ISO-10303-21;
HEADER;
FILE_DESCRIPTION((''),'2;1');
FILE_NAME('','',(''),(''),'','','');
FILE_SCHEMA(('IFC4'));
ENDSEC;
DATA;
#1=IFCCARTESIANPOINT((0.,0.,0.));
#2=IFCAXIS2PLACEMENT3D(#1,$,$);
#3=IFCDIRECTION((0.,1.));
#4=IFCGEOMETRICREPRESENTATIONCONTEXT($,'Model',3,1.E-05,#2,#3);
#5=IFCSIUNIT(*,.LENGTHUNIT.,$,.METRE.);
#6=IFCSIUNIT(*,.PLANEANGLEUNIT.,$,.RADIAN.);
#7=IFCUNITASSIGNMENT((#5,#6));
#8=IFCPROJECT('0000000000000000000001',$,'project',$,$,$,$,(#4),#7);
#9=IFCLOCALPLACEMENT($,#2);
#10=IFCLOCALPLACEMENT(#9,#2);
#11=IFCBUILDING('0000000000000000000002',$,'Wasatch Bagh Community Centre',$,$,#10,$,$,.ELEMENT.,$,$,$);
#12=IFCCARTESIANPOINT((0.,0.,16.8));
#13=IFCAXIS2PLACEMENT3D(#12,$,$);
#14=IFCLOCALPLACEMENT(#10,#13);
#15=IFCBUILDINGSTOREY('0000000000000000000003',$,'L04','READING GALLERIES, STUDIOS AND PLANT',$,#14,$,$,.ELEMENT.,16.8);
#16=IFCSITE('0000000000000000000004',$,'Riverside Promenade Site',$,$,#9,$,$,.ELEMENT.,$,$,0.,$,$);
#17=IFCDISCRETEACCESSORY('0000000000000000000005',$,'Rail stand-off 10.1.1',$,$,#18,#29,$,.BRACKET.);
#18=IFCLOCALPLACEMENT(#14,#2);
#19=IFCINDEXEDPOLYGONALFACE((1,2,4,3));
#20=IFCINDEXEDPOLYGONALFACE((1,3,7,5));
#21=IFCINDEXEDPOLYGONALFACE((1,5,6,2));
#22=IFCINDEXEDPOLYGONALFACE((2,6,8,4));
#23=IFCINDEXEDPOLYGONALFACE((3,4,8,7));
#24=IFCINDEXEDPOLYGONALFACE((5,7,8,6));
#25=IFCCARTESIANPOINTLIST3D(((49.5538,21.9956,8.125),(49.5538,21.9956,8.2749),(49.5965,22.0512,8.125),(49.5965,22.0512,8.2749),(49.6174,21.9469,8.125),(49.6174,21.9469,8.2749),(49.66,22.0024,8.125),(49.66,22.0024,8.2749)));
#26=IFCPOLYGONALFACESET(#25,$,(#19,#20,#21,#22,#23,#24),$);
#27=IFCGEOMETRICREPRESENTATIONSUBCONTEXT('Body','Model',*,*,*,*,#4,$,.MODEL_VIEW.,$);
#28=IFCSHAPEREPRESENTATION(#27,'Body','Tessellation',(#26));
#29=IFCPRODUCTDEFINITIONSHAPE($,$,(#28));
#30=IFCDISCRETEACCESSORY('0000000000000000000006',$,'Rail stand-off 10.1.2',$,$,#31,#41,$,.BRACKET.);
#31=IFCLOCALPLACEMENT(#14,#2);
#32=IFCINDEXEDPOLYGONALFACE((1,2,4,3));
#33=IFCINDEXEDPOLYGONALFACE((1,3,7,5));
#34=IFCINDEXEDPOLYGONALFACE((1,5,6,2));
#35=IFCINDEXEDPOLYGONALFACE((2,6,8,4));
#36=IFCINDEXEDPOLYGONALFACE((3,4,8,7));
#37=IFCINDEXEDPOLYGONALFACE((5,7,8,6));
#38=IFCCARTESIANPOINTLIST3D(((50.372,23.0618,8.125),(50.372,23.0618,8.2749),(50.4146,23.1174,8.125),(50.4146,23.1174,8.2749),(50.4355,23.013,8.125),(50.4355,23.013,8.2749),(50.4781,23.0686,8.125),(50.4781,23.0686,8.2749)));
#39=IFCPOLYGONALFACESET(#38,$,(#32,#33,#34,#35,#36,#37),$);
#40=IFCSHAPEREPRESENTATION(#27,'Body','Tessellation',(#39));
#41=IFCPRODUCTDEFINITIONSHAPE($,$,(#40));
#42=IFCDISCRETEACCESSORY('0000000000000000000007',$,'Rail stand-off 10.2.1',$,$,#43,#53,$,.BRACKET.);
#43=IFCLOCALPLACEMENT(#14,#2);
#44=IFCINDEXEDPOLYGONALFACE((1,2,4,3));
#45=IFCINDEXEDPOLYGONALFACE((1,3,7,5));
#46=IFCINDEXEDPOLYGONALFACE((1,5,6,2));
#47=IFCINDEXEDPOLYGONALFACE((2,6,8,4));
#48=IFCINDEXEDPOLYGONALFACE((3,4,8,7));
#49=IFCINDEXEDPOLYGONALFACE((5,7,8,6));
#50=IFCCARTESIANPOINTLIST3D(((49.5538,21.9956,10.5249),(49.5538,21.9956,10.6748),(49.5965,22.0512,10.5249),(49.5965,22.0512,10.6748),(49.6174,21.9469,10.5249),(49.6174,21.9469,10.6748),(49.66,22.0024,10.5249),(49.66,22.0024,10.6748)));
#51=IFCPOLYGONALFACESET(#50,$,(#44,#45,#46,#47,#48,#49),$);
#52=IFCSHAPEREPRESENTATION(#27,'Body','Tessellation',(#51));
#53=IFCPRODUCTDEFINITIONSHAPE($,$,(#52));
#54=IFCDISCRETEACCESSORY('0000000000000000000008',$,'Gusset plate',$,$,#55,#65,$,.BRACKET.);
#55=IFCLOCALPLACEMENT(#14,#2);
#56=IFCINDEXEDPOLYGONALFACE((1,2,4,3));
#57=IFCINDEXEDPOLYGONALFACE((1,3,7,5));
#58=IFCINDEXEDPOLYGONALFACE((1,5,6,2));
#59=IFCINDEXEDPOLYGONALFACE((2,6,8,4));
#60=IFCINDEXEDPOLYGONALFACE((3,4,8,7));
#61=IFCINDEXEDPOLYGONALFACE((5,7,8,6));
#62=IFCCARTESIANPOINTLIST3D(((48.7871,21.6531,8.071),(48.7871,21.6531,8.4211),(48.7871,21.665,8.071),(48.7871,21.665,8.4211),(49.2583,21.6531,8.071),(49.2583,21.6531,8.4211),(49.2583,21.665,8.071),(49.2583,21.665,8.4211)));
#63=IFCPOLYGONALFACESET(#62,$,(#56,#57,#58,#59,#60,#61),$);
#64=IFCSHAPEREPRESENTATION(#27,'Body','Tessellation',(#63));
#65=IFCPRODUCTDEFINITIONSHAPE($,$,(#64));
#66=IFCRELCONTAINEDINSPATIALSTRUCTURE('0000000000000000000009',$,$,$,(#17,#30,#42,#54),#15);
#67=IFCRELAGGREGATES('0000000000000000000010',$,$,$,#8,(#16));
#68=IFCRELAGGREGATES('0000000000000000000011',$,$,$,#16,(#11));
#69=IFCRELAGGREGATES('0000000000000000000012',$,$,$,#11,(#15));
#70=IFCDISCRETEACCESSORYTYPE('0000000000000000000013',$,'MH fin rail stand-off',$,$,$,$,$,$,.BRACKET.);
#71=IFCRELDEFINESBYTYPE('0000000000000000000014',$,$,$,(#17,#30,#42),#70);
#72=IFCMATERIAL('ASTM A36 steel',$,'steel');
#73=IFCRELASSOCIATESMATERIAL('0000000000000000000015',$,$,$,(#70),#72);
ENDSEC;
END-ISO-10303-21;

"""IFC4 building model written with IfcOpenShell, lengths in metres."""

from ifc_helpers import new_model, si_unit, direction, frame, origin, origin_2d, place, context, subcontext, project, spatial, polyline, rectangle, outline, extrude, material, type_object, element, save


model = new_model("IFC4")

# Units and contexts
model_context = context("Model", 3, precision=1e-05, world=origin(), true_north=direction((0.0, 1.0)))
body_context = subcontext(model_context, "Body", "Model", "MODEL_VIEW")
ifc_project = project(units=[si_unit("LENGTHUNIT", "METRE"), si_unit("PLANEANGLEUNIT", "RADIAN")], contexts=[model_context])

# Site, building, storey
site_placement = place(None, origin())
site = spatial("IfcSite", under=ifc_project, at=site_placement, Name="Riverside Promenade Site", CompositionType="ELEMENT", RefElevation=0.0)
building_placement = place(site_placement, origin())
building = spatial("IfcBuilding", under=site, at=building_placement, Name="Wasatch Bagh Community Centre", CompositionType="ELEMENT")
storey_placement = place(building_placement, frame((0.0, 0.0, 16.8)))
storey = spatial("IfcBuildingStorey", under=building, at=storey_placement, Name="L04", Description="READING GALLERIES, STUDIOS AND PLANT", CompositionType="ELEMENT", Elevation=16.8)

# Discrete accessories
ifc_material_1 = material(Name="ASTM A36 steel", Category="steel")
discrete_accessory_type_1 = type_object("IfcDiscreteAccessoryType", Name="MH fin rail stand-off", PredefinedType="BRACKET", material=ifc_material_1)
for number, where, z_axis, x_axis, name in (
    (1, (49.6069, 21.999, 8.125), (0.0, 0.0, 1.0), (0.608761, 0.793353, 0.0), "Rail stand-off 10.1.1"),
    (2, (50.425, 23.0652, 8.125), (0.0, 0.0, 1.0), (0.608761, 0.793353, 0.0), "Rail stand-off 10.1.2"),
    (3, (49.6069, 21.999, 10.5249), (0.0, 0.0, 1.0), (0.608761, 0.793353, 0.0), "Rail stand-off 10.2.1"),
):
    element("IfcDiscreteAccessory", number, at=place(storey_placement, frame(where, z_axis=z_axis, x_axis=x_axis)), inside=storey, type_object=discrete_accessory_type_1, Name=name, PredefinedType="BRACKET", context=body_context, shape_type="SweptSolid", body=[
        extrude(rectangle(XDim=0.0701, YDim=0.0801, at=origin_2d()), origin(), (0.0, 0.0, 1.0), 0.1499),
    ])
discrete_accessory_placement = place(storey_placement, frame((48.7871, 21.6531, 8.071), z_axis=(0.0, -1.0, 0.0), x_axis=(1.0, 0.0, 0.0)))
element("IfcDiscreteAccessory", 4, at=discrete_accessory_placement, inside=storey, Name="Gusset plate", PredefinedType="BRACKET", context=body_context, shape_type="SweptSolid", body=[
    extrude(outline(polyline([(0.0, 0.0), (0.4712, 0.0), (0.4712, 0.3501), (0.0, 0.3501), (0.0, 0.0)])), origin(), (0.0, 0.0, -1.0), 0.012),
])

save(model, "model.ifc")
